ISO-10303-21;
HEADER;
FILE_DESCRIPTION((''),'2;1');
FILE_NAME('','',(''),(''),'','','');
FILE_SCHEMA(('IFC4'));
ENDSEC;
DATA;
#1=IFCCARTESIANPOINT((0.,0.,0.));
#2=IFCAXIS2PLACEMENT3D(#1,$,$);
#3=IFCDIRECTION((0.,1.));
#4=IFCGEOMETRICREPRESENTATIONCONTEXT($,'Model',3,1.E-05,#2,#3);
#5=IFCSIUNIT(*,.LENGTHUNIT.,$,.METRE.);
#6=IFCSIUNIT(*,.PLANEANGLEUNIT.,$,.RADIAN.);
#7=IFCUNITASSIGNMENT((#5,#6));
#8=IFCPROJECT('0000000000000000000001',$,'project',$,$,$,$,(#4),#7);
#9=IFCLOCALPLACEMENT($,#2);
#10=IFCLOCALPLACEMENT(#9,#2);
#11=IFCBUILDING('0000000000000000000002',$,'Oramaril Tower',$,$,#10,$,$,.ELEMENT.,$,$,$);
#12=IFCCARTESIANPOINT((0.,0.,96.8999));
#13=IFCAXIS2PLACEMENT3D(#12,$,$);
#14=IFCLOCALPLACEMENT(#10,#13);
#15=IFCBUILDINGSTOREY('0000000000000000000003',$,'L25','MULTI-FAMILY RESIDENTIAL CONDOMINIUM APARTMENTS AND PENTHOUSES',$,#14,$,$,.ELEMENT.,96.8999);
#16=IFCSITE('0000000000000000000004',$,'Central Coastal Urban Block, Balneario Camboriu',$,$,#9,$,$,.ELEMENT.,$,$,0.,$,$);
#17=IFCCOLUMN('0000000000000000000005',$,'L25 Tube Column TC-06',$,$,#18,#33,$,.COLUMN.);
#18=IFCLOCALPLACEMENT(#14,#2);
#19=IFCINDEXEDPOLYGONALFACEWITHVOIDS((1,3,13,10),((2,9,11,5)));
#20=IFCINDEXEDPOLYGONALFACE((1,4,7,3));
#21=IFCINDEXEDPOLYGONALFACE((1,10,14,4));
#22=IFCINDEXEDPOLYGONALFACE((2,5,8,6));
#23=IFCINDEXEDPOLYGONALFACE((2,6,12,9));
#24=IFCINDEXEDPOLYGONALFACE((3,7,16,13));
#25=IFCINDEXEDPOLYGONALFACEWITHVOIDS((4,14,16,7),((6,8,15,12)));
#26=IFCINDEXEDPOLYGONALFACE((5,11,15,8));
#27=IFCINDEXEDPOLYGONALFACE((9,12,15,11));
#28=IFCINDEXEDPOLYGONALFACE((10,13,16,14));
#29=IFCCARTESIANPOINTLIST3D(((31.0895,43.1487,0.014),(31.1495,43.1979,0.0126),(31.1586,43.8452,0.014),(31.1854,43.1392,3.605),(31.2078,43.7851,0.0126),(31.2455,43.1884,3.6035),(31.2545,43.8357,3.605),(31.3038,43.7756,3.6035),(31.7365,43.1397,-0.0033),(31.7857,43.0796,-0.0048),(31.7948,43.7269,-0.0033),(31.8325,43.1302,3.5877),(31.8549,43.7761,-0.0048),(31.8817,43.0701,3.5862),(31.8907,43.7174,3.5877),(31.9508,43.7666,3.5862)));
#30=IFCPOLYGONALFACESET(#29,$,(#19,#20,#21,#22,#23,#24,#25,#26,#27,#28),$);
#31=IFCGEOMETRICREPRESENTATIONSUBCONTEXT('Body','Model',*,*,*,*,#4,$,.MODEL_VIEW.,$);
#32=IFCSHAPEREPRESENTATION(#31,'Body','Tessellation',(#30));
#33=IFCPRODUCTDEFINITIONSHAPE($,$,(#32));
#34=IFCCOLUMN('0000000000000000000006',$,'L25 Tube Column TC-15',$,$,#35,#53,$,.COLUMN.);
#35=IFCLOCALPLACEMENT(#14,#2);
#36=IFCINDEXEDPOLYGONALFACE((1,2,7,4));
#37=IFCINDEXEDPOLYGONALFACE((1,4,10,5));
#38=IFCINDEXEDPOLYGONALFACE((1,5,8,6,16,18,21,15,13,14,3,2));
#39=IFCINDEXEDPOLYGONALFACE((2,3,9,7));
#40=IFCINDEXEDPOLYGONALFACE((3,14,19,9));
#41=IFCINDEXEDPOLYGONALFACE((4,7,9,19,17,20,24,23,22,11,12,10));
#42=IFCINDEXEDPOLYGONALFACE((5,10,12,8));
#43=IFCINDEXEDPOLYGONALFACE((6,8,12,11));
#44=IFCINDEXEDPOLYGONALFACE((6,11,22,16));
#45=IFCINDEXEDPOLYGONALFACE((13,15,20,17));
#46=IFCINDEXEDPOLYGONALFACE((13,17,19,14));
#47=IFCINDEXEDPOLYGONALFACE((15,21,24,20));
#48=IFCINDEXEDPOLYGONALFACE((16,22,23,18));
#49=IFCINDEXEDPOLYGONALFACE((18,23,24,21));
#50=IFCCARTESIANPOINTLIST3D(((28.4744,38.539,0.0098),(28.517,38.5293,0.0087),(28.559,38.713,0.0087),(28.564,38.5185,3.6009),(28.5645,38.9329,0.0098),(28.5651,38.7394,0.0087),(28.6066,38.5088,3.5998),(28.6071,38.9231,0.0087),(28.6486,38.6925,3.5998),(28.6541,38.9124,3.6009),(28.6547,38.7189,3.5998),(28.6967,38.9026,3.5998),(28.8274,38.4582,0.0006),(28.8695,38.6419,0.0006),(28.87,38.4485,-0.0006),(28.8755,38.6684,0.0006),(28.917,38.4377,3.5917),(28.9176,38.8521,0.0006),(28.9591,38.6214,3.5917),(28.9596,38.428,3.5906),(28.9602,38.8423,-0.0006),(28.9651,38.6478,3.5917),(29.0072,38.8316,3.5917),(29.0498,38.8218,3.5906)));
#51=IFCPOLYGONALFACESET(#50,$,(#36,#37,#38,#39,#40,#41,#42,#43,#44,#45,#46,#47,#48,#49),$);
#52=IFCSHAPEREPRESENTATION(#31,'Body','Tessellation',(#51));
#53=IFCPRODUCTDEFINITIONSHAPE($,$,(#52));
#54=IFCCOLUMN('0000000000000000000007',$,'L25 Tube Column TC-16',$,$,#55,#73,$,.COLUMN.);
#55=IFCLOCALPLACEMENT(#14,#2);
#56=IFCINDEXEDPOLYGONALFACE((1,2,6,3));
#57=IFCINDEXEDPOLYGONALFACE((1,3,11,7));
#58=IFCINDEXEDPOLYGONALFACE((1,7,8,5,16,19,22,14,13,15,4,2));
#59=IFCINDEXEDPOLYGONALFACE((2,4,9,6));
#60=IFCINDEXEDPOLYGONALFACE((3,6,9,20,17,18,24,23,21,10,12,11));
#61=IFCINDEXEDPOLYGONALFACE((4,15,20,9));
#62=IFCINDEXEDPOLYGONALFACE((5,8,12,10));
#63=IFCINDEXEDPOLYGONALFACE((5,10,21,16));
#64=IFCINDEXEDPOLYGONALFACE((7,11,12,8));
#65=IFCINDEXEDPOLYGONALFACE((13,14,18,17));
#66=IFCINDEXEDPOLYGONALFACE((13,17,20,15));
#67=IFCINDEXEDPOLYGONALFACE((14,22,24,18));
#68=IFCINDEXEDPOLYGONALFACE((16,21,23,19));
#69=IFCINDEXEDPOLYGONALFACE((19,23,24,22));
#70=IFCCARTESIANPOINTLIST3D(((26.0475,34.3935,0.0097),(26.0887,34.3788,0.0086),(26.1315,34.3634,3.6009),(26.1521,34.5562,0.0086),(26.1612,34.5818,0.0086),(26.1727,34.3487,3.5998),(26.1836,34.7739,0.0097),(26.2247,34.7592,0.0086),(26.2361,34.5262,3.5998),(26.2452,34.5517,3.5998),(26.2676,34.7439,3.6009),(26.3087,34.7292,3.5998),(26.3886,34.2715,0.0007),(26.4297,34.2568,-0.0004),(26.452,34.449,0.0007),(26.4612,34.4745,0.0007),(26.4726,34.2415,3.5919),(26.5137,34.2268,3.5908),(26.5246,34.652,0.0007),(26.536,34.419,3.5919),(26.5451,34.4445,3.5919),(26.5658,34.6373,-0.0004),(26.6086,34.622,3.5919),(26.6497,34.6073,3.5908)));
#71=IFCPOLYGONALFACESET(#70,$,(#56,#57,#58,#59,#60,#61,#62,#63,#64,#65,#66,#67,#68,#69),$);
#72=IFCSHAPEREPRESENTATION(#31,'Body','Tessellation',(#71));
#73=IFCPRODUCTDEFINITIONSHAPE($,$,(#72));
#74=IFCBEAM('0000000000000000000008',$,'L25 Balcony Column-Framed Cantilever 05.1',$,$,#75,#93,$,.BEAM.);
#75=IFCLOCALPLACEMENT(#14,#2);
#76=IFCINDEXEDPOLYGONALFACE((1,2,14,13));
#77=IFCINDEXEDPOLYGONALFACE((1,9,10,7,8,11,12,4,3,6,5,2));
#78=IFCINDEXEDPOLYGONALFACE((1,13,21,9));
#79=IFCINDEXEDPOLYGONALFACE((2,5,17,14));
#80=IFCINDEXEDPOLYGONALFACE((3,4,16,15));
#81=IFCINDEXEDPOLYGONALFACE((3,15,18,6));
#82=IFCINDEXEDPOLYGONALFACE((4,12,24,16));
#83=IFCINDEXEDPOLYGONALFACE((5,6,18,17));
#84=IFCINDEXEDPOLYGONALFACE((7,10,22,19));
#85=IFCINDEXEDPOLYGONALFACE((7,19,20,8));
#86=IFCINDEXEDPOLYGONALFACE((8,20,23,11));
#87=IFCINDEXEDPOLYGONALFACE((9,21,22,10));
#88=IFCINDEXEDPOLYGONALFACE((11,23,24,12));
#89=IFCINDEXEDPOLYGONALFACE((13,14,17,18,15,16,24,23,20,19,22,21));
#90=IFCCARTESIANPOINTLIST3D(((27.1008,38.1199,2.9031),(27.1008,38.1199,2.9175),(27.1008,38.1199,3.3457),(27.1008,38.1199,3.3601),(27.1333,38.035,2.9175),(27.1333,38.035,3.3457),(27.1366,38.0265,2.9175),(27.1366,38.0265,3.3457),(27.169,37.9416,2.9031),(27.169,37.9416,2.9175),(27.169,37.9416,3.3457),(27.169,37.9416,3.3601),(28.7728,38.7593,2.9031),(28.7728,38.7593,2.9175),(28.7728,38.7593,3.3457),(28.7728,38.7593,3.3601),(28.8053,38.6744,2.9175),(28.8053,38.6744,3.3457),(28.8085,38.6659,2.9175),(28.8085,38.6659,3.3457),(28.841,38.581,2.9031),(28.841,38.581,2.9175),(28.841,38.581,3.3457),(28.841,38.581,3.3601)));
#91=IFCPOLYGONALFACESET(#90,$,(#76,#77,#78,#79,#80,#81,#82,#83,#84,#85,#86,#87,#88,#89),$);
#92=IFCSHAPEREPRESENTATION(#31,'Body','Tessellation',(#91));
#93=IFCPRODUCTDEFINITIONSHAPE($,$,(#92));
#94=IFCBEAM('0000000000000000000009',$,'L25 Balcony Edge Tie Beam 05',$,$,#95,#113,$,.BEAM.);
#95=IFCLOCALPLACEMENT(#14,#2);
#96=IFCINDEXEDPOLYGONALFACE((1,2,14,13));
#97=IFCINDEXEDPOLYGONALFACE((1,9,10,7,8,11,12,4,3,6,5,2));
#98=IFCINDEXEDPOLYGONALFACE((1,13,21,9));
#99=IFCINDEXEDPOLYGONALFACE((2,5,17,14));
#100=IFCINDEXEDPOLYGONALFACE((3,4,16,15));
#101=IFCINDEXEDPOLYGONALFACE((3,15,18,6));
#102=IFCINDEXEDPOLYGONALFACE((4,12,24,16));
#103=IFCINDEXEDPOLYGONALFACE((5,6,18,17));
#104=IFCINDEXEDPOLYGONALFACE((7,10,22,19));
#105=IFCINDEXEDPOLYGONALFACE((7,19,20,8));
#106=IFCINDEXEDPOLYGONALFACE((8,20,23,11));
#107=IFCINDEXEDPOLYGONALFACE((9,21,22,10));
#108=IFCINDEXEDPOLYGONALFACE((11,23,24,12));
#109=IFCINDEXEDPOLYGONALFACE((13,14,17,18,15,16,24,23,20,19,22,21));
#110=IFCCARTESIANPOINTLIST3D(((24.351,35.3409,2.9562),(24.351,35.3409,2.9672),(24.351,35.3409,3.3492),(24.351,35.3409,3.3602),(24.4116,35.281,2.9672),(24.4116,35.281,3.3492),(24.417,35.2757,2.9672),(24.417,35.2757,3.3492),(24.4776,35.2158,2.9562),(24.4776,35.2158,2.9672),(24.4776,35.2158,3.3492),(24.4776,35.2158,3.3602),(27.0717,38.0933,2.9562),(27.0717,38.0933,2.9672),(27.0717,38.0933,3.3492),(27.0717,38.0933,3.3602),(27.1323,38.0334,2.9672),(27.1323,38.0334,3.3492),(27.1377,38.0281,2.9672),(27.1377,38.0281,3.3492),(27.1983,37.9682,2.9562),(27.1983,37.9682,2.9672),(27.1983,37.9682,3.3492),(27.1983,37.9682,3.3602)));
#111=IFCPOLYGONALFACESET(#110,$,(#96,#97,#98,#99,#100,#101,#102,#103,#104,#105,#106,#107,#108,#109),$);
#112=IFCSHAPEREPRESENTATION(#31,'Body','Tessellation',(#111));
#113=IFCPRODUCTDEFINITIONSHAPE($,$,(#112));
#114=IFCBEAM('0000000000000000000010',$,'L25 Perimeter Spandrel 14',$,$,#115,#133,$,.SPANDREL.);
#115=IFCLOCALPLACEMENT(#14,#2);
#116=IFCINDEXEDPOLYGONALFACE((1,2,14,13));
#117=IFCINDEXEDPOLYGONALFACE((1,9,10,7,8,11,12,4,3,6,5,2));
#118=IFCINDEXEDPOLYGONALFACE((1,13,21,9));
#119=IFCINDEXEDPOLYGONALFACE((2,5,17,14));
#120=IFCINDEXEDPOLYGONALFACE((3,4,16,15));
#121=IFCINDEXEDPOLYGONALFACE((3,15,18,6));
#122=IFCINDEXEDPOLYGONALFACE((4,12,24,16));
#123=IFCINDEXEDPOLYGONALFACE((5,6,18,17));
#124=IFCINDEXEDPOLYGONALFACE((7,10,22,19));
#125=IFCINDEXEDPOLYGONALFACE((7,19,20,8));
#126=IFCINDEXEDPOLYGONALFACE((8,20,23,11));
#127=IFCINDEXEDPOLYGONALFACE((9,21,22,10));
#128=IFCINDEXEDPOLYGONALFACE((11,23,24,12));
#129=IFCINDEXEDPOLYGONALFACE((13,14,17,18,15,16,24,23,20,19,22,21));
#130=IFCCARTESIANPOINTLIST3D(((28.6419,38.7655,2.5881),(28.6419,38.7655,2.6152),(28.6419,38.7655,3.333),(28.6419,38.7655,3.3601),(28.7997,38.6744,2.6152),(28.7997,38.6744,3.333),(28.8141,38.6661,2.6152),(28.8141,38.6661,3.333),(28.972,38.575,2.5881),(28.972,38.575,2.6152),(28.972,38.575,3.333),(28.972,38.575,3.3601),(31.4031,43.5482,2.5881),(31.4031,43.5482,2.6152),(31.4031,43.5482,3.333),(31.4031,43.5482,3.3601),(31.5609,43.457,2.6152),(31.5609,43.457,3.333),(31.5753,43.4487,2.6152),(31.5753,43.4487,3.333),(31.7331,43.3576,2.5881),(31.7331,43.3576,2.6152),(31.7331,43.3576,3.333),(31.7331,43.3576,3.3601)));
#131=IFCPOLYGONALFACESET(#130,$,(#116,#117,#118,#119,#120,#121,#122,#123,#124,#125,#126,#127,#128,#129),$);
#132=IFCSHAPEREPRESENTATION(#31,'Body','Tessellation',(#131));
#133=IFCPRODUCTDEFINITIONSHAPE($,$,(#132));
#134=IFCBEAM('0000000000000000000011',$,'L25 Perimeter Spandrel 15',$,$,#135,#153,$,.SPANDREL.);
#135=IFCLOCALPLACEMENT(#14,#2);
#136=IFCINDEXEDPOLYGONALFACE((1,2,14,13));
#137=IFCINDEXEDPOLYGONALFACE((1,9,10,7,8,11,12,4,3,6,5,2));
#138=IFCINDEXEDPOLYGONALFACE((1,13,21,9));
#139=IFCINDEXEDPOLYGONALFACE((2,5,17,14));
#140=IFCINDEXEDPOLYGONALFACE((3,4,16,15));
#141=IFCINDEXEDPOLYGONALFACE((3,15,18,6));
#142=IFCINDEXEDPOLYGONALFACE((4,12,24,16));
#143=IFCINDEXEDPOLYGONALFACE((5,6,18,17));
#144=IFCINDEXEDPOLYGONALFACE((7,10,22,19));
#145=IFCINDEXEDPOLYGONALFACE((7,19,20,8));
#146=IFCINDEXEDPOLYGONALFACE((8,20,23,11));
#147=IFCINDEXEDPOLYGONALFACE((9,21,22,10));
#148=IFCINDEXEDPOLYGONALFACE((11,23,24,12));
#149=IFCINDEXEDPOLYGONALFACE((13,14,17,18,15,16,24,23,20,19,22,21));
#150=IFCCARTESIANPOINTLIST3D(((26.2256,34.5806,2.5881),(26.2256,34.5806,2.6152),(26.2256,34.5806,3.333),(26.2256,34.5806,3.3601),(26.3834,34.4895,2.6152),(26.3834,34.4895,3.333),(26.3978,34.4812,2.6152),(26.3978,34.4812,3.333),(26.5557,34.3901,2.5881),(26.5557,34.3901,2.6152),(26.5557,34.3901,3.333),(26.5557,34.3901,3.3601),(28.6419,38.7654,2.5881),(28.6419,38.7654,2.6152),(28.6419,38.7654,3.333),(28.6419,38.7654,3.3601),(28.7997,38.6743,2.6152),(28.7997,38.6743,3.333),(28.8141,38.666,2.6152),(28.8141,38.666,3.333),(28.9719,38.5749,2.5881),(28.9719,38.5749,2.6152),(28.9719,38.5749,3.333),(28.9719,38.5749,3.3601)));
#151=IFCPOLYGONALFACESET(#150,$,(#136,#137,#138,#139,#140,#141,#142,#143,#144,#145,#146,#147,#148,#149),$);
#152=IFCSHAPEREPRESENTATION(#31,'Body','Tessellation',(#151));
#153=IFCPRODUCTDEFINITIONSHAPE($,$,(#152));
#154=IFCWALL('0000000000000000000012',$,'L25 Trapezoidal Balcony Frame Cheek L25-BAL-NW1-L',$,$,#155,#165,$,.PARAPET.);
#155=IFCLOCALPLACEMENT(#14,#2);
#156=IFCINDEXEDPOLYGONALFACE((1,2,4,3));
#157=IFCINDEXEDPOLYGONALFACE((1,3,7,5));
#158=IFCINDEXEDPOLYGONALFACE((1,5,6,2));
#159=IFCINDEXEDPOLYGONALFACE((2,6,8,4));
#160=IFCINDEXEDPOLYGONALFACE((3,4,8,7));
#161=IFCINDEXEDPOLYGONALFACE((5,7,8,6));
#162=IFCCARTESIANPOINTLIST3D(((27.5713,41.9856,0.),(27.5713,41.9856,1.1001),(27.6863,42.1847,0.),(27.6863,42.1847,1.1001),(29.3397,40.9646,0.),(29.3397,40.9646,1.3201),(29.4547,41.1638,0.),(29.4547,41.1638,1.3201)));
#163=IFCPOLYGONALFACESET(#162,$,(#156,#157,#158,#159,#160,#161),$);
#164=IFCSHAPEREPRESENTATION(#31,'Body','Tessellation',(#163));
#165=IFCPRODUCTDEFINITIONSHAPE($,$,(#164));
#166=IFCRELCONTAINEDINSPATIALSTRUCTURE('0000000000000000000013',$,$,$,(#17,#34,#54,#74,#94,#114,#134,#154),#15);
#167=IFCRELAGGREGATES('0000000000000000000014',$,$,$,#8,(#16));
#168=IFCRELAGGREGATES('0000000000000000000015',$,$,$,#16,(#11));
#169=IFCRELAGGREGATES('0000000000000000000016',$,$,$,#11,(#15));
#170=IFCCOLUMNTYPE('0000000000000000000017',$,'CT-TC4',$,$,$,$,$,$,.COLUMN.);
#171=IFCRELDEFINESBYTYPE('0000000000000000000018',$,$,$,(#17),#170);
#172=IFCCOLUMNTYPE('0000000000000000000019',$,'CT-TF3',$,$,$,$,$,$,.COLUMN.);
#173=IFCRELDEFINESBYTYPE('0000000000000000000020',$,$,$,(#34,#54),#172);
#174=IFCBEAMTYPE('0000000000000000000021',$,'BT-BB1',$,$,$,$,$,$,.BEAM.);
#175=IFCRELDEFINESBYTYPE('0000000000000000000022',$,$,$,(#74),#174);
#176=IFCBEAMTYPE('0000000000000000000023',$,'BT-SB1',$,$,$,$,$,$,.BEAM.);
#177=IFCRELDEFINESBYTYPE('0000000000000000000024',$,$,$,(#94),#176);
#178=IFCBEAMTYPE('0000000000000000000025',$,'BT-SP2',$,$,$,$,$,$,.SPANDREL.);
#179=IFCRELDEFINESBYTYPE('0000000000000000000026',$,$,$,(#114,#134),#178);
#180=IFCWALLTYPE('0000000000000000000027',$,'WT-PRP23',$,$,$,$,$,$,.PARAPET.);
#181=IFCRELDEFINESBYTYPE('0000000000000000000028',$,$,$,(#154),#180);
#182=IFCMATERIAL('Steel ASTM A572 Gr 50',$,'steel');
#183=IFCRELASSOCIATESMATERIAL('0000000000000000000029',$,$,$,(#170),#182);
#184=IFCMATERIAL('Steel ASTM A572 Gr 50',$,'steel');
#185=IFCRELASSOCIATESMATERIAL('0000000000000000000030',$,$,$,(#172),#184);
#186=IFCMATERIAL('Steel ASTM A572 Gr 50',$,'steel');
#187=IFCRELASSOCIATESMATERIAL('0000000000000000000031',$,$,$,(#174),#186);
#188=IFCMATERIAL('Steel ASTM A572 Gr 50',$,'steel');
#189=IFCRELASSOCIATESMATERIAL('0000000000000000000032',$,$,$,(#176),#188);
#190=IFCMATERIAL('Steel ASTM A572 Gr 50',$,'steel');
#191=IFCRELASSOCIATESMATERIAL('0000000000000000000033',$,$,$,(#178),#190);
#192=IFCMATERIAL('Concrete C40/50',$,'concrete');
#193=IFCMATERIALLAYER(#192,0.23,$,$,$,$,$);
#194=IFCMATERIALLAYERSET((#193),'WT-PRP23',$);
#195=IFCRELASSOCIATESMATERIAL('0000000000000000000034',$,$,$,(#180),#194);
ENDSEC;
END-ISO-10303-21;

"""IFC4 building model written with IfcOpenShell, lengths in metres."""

from ifc_helpers import new_model, si_unit, direction, frame, origin, origin_2d, place, context, subcontext, project, spatial, polyline, hollow_rectangle, i_section, outline, extrude, material, layer, layer_set, material_profile, profile_set, type_object, element, save


model = new_model("IFC4")

# Units and contexts
model_context = context("Model", 3, precision=1e-05, world=origin(), true_north=direction((0.0, 1.0)))
body_context = subcontext(model_context, "Body", "Model", "MODEL_VIEW")
ifc_project = project(units=[si_unit("LENGTHUNIT", "METRE"), si_unit("PLANEANGLEUNIT", "RADIAN")], contexts=[model_context])

# Site, building, storey
site_placement = place(None, origin())
site = spatial("IfcSite", under=ifc_project, at=site_placement, Name="Central Coastal Urban Block, Balneario Camboriu", CompositionType="ELEMENT", RefElevation=0.0)
building_placement = place(site_placement, origin())
building = spatial("IfcBuilding", under=site, at=building_placement, Name="Oramaril Tower", CompositionType="ELEMENT")
storey_placement = place(building_placement, frame((0.0, 0.0, 96.8999)))
storey = spatial("IfcBuildingStorey", under=building, at=storey_placement, Name="L25", Description="MULTI-FAMILY RESIDENTIAL CONDOMINIUM APARTMENTS AND PENTHOUSES", CompositionType="ELEMENT", Elevation=96.8999)

# Columns
ifc_material_1 = material(Name="Steel ASTM A572 Gr 50", Category="steel")
ifc_material_profile_1 = material_profile(ifc_material_1, hollow_rectangle(XDim=0.7, YDim=0.7, WallThickness=0.0549, at=origin_2d()), Name="BOX700X700X55")
ifc_profile_set_1 = profile_set([ifc_material_profile_1], Name="Steel ASTM A572 Gr 50")
column_type_1 = type_object("IfcColumnType", Name="CT-TC4", PredefinedType="COLUMN", material=ifc_profile_set_1)
column_placement = place(storey_placement, frame((31.4722, 43.4624, 0.0046), z_axis=(0.026709, -0.00265, 0.99964), x_axis=(0.098752, 0.995112, 0.0)))
element("IfcColumn", 1, at=column_placement, inside=storey, type_object=column_type_1, Name="L25 Tube Column TC-06", PredefinedType="COLUMN", context=body_context, shape_type="SweptSolid", body=[
    extrude(hollow_rectangle(XDim=0.7, YDim=0.7, WallThickness=0.0549, at=origin_2d()), origin(), (0.0, 0.0, 1.0), 3.5923),
])
ifc_material_2 = material(Name="Steel ASTM A572 Gr 50", Category="steel")
ifc_material_profile_2 = material_profile(ifc_material_2, i_section(OverallWidth=0.4041, OverallDepth=0.406, WebThickness=0.0271, FlangeThickness=0.0437, at=origin_2d()), Name="W14X233")
ifc_profile_set_2 = profile_set([ifc_material_profile_2], Name="Steel ASTM A572 Gr 50")
column_type_2 = type_object("IfcColumnType", Name="CT-TF3", PredefinedType="COLUMN", material=ifc_profile_set_2)
for number, where, z_axis, x_axis, name in (
    (2, (28.7173, 38.6907, 0.0046), (0.024943, -0.005709, 0.999673), (0.223113, 0.974793, 0.0), "L25 Tube Column TC-15"),
    (3, (26.3066, 34.5154, 0.0046), (0.02338, -0.00836, 0.999692), (0.336683, 0.941618, 0.0), "L25 Tube Column TC-16"),
):
    element("IfcColumn", number, at=place(storey_placement, frame(where, z_axis=z_axis, x_axis=x_axis)), inside=storey, type_object=column_type_2, Name=name, PredefinedType="COLUMN", context=body_context, shape_type="SweptSolid", body=[
        extrude(i_section(OverallWidth=0.4041, OverallDepth=0.406, WebThickness=0.0271, FlangeThickness=0.0437, at=origin_2d()), origin(), (0.0, 0.0, 1.0), 3.5923),
    ])

# Beams
ifc_material_3 = material(Name="Steel ASTM A572 Gr 50", Category="steel")
ifc_material_profile_3 = material_profile(ifc_material_3, i_section(OverallWidth=0.1909, OverallDepth=0.457, WebThickness=0.009, FlangeThickness=0.0144, at=origin_2d()), Name="W18X50")
ifc_profile_set_3 = profile_set([ifc_material_profile_3], Name="Steel ASTM A572 Gr 50")
beam_type_1 = type_object("IfcBeamType", Name="BT-BB1", PredefinedType="BEAM", material=ifc_profile_set_3)
beam_1_placement = place(storey_placement, frame((28.8069, 38.6702, 3.1316), z_axis=(-0.934022, -0.357214, 0.0), x_axis=(0.357214, -0.934022, 0.0)))
element("IfcBeam", 4, at=beam_1_placement, inside=storey, type_object=beam_type_1, Name="L25 Balcony Column-Framed Cantilever 05.1", PredefinedType="BEAM", context=body_context, shape_type="SweptSolid", body=[
    extrude(i_section(OverallWidth=0.1909, OverallDepth=0.457, WebThickness=0.009, FlangeThickness=0.0144, at=origin_2d()), origin(), (0.0, 0.0, 1.0), 1.79),
])
ifc_material_4 = material(Name="Steel ASTM A572 Gr 50", Category="steel")
ifc_material_profile_4 = material_profile(ifc_material_4, i_section(OverallWidth=0.178, OverallDepth=0.4041, WebThickness=0.0076, FlangeThickness=0.011, at=origin_2d()), Name="W16X36")
ifc_profile_set_4 = profile_set([ifc_material_profile_4], Name="Steel ASTM A572 Gr 50")
beam_type_2 = type_object("IfcBeamType", Name="BT-SB1", PredefinedType="BEAM", material=ifc_profile_set_4)
beam_2_placement = place(storey_placement, frame((27.135, 38.0308, 3.1582), z_axis=(-0.702995, -0.711195, 0.0), x_axis=(0.711195, -0.702995, 0.0)))
element("IfcBeam", 5, at=beam_2_placement, inside=storey, type_object=beam_type_2, Name="L25 Balcony Edge Tie Beam 05", PredefinedType="BEAM", context=body_context, shape_type="SweptSolid", body=[
    extrude(i_section(OverallWidth=0.178, OverallDepth=0.4041, WebThickness=0.0076, FlangeThickness=0.011, at=origin_2d()), origin(), (0.0, 0.0, 1.0), 3.8701),
])
ifc_material_5 = material(Name="Steel ASTM A572 Gr 50", Category="steel")
ifc_material_profile_5 = material_profile(ifc_material_5, i_section(OverallWidth=0.3811, OverallDepth=0.772, WebThickness=0.0166, FlangeThickness=0.0271, at=origin_2d()), Name="W30X173")
ifc_profile_set_5 = profile_set([ifc_material_profile_5], Name="Steel ASTM A572 Gr 50")
beam_type_3 = type_object("IfcBeamType", Name="BT-SP2", PredefinedType="SPANDREL", material=ifc_profile_set_5)
beam_3_placement = place(storey_placement, frame((31.5681, 43.4529, 2.9741), z_axis=(-0.49999, -0.866031, 0.0), x_axis=(0.866031, -0.49999, 0.0)))
element("IfcBeam", 6, at=beam_3_placement, inside=storey, type_object=beam_type_3, Name="L25 Perimeter Spandrel 14", PredefinedType="SPANDREL", context=body_context, shape_type="SweptSolid", body=[
    extrude(i_section(OverallWidth=0.3811, OverallDepth=0.772, WebThickness=0.0166, FlangeThickness=0.0271, at=origin_2d()), origin(), (0.0, 0.0, 1.0), 5.5225),
])
beam_4_placement = place(storey_placement, frame((28.8069, 38.6702, 2.9741), z_axis=(-0.500024, -0.866011, 0.0), x_axis=(0.866011, -0.500024, 0.0)))
element("IfcBeam", 7, at=beam_4_placement, inside=storey, type_object=beam_type_3, Name="L25 Perimeter Spandrel 15", PredefinedType="SPANDREL", context=body_context, shape_type="SweptSolid", body=[
    extrude(i_section(OverallWidth=0.3811, OverallDepth=0.772, WebThickness=0.0166, FlangeThickness=0.0271, at=origin_2d()), origin(), (0.0, 0.0, 1.0), 4.8323),
])

# Wall
ifc_material_6 = material(Name="Concrete C40/50", Category="concrete")
ifc_layer_1 = layer(ifc_material_6, 0.23)
ifc_layer_set_1 = layer_set([ifc_layer_1], Name="WT-PRP23")
wall_type_1 = type_object("IfcWallType", Name="WT-PRP23", PredefinedType="PARAPET", material=ifc_layer_set_1)
wall_1_placement = place(storey_placement, frame((29.3972, 41.0642, 0.0), z_axis=(0.0, 0.0, 1.0), x_axis=(-0.866042, 0.499971, 0.0)))
element("IfcWall", 8, at=wall_1_placement, inside=storey, type_object=wall_type_1, Name="L25 Trapezoidal Balcony Frame Cheek L25-BAL-NW1-L", PredefinedType="PARAPET", context=body_context, shape_type="SweptSolid", body=[
    extrude(outline(polyline([(0.0, 0.0), (2.042, 0.0), (2.042, 1.1001), (0.0, 1.3201), (0.0, 0.0)])), frame((0.0, 0.115, 0.0), z_axis=(0.0, -1.0, 0.0), x_axis=(1.0, 0.0, 0.0)), (0.0, 0.0, 1.0), 0.23),
])

save(model, "model.ifc")
